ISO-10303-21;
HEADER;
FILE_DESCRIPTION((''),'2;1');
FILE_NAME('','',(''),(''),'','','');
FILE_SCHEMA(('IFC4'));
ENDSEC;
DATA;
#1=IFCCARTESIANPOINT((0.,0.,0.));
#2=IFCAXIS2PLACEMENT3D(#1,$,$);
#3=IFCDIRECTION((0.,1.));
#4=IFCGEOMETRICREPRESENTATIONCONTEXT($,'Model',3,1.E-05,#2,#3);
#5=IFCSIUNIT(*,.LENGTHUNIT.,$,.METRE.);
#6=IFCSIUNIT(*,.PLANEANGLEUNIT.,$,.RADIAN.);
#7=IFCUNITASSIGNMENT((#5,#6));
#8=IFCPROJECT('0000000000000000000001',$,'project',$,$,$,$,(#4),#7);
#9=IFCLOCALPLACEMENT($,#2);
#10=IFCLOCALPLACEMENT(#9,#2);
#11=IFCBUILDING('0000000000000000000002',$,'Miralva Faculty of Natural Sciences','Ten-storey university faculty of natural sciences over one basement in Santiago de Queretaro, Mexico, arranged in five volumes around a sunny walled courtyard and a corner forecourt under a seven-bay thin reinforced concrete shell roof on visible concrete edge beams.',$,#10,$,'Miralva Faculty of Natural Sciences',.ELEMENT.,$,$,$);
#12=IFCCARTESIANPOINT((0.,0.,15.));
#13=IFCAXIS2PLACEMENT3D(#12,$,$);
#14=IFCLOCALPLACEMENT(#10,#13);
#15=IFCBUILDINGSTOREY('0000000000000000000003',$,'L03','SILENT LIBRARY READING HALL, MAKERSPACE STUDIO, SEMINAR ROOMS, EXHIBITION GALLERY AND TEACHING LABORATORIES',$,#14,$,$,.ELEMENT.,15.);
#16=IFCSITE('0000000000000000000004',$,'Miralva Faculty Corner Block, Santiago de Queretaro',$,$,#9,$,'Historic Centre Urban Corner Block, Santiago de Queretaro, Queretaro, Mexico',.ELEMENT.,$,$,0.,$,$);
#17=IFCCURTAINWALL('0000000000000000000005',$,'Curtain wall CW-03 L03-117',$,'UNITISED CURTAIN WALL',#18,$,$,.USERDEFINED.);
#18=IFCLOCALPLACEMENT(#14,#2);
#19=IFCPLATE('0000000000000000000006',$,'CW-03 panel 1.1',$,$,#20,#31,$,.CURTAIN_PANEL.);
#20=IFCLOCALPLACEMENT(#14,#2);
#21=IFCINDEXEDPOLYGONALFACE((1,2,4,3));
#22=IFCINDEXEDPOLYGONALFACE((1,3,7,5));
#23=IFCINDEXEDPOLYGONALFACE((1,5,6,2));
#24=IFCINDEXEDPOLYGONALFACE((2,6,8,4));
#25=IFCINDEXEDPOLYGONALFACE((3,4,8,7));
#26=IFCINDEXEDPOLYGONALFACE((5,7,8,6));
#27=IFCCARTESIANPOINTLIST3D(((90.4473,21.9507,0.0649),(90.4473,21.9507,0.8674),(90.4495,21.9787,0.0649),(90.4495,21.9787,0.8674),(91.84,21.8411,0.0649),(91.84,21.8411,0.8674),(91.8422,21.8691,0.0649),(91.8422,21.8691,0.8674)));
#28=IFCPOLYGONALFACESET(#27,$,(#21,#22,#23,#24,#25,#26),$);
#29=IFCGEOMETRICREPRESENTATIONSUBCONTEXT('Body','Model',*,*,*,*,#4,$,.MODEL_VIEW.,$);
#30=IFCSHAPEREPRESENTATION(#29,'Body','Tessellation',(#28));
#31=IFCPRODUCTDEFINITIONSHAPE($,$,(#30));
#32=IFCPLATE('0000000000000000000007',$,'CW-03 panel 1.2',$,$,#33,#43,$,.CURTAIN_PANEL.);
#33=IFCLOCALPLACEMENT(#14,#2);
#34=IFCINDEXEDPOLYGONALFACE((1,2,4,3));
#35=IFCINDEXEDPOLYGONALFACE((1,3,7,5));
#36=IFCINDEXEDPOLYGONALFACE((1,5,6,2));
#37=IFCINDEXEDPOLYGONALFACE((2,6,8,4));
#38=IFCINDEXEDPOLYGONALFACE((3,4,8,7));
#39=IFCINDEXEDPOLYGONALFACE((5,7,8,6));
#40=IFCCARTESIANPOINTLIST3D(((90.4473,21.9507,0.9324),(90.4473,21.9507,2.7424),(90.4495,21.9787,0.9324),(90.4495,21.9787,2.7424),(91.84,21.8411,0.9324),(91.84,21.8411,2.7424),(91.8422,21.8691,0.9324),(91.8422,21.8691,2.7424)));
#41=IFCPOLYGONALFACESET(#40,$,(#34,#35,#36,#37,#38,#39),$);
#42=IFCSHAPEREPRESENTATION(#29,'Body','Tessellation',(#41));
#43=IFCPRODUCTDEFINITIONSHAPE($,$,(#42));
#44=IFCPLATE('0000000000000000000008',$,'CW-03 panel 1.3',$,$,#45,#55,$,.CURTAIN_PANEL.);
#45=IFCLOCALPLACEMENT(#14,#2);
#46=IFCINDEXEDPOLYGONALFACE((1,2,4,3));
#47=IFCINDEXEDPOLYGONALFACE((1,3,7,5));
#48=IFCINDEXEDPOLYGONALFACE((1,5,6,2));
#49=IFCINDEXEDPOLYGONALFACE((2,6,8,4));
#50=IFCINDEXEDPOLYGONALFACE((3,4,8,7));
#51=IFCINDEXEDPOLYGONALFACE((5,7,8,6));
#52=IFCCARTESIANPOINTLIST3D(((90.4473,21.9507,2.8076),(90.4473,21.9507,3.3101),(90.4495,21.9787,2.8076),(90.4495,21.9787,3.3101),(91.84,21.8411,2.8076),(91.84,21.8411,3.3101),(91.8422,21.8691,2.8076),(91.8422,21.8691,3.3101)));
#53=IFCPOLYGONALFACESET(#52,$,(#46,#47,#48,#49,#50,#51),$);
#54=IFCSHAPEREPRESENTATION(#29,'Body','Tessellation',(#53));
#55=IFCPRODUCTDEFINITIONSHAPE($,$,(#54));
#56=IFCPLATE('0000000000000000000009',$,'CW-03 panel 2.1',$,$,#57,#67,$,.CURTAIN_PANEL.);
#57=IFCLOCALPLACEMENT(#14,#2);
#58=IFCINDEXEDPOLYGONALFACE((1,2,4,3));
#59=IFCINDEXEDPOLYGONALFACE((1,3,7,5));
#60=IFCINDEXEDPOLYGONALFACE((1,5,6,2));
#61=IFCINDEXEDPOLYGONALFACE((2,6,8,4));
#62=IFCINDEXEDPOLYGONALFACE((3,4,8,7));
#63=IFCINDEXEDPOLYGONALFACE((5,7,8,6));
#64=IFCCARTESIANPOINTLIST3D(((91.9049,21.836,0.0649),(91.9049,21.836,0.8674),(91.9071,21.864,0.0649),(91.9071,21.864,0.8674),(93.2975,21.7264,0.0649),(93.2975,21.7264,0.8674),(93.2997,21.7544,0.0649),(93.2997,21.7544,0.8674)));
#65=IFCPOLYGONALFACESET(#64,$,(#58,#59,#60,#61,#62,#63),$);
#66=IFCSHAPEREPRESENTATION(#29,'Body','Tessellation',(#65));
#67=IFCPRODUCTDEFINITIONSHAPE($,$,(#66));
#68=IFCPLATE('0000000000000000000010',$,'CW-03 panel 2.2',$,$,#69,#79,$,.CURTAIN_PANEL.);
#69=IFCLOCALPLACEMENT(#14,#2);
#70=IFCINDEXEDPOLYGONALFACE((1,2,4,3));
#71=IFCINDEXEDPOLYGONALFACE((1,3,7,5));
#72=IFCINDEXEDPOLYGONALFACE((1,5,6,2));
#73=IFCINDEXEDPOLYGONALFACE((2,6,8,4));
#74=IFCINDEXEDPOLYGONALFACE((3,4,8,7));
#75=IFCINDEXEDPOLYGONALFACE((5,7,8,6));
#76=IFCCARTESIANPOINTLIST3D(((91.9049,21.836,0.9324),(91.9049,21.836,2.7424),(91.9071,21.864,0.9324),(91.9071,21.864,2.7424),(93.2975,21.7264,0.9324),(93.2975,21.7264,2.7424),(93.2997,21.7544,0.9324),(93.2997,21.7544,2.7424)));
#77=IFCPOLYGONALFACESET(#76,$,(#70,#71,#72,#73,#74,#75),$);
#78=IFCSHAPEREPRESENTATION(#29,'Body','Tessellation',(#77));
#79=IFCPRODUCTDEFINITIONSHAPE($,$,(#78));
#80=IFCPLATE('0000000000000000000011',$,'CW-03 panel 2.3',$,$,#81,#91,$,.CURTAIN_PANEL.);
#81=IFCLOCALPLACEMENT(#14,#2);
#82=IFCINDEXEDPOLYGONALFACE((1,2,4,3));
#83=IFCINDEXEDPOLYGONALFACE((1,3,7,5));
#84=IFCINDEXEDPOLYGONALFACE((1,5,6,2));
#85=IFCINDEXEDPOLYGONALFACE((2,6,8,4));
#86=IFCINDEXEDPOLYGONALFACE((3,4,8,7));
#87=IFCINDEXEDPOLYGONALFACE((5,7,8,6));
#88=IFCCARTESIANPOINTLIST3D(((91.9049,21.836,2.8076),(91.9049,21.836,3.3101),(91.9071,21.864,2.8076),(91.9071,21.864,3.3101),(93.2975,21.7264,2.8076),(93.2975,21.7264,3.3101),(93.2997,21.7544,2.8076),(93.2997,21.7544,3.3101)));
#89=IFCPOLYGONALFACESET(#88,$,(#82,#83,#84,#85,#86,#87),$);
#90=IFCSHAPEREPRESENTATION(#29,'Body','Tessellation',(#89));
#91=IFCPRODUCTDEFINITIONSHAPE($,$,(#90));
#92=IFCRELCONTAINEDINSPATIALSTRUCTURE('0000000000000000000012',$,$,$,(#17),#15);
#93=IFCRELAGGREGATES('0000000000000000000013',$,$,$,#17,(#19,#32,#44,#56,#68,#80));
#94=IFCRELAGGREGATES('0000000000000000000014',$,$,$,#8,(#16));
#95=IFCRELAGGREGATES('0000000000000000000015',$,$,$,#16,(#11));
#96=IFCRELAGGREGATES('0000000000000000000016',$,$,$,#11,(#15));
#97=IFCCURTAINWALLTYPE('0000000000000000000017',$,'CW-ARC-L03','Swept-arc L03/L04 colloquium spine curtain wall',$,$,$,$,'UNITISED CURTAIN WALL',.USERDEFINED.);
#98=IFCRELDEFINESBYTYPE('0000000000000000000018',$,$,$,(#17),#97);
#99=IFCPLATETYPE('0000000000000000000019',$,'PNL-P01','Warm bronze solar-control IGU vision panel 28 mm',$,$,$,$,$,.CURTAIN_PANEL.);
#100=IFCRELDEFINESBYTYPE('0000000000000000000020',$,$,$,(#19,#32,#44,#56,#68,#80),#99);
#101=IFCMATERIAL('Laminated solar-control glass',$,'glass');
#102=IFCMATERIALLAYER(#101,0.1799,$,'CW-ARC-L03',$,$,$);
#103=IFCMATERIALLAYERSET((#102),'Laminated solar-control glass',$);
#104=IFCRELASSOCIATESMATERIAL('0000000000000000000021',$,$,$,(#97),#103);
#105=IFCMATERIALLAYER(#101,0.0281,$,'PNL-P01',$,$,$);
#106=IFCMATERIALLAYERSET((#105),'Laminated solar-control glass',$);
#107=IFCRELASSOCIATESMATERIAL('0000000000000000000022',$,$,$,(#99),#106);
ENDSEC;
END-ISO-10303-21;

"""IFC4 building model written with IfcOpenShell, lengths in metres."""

from ifc_helpers import new_model, si_unit, direction, frame, origin, origin_2d, place, context, subcontext, project, spatial, rectangle, extrude, material, layer, layer_set, type_object, element, aggregate, save


model = new_model("IFC4")

# Units and contexts
model_context = context("Model", 3, precision=1e-05, world=origin(), true_north=direction((0.0, 1.0)))
body_context = subcontext(model_context, "Body", "Model", "MODEL_VIEW")
ifc_project = project(units=[si_unit("LENGTHUNIT", "METRE"), si_unit("PLANEANGLEUNIT", "RADIAN")], contexts=[model_context])

# Site, building, storey
site_placement = place(None, origin())
site = spatial("IfcSite", under=ifc_project, at=site_placement, Name="Miralva Faculty Corner Block, Santiago de Queretaro", LongName="Historic Centre Urban Corner Block, Santiago de Queretaro, Queretaro, Mexico", CompositionType="ELEMENT", RefElevation=0.0)
building_placement = place(site_placement, origin())
building = spatial("IfcBuilding", under=site, at=building_placement, Name="Miralva Faculty of Natural Sciences", Description="Ten-storey university faculty of natural sciences over one basement in Santiago de Queretaro, Mexico, arranged in five volumes around a sunny walled courtyard and a corner forecourt under a seven-bay thin reinforced concrete shell roof on visible concrete edge beams.", LongName="Miralva Faculty of Natural Sciences", CompositionType="ELEMENT")
storey_placement = place(building_placement, frame((0.0, 0.0, 15.0)))
storey = spatial("IfcBuildingStorey", under=building, at=storey_placement, Name="L03", Description="SILENT LIBRARY READING HALL, MAKERSPACE STUDIO, SEMINAR ROOMS, EXHIBITION GALLERY AND TEACHING LABORATORIES", CompositionType="ELEMENT", Elevation=15.0)

# Curtain wall
ifc_material_1 = material(Name="Laminated solar-control glass", Category="glass")
ifc_layer_1 = layer(ifc_material_1, 0.1799, Name="CW-ARC-L03")
ifc_layer_set_1 = layer_set([ifc_layer_1], Name="Laminated solar-control glass")
curtain_wall_type = type_object("IfcCurtainWallType", Name="CW-ARC-L03", Description="Swept-arc L03/L04 colloquium spine curtain wall", ElementType="UNITISED CURTAIN WALL", PredefinedType="USERDEFINED", material=ifc_layer_set_1)
curtain_wall_1_placement = place(storey_placement, origin())
curtain_wall_1 = element("IfcCurtainWall", 1, at=curtain_wall_1_placement, inside=storey, type_object=curtain_wall_type, Name="Curtain wall CW-03 L03-117", ObjectType="UNITISED CURTAIN WALL", PredefinedType="USERDEFINED")

# Plates
ifc_layer_2 = layer(ifc_material_1, 0.0281, Name="PNL-P01")
ifc_layer_set_2 = layer_set([ifc_layer_2], Name="Laminated solar-control glass")
plate_type = type_object("IfcPlateType", Name="PNL-P01", Description="Warm bronze solar-control IGU vision panel 28 mm", PredefinedType="CURTAIN_PANEL", material=ifc_layer_set_2)
plate_1_placement = place(storey_placement, frame((91.1448, 21.9099, 0.0649), z_axis=(0.0, 0.0, 1.0), x_axis=(0.996917, -0.078462, 0.0)))
plate_1 = element("IfcPlate", 2, at=plate_1_placement, type_object=plate_type, Name="CW-03 panel 1.1", PredefinedType="CURTAIN_PANEL", context=body_context, shape_type="SweptSolid", body=[
    extrude(rectangle(XDim=1.397, YDim=0.0281, at=origin_2d()), origin(), (0.0, 0.0, 1.0), 0.8025),
])
plate_2_placement = place(storey_placement, frame((91.1448, 21.9099, 0.9324), z_axis=(0.0, 0.0, 1.0), x_axis=(0.996917, -0.078462, 0.0)))
plate_2 = element("IfcPlate", 3, at=plate_2_placement, type_object=plate_type, Name="CW-03 panel 1.2", PredefinedType="CURTAIN_PANEL", context=body_context, shape_type="SweptSolid", body=[
    extrude(rectangle(XDim=1.397, YDim=0.0281, at=origin_2d()), origin(), (0.0, 0.0, 1.0), 1.8101),
])
plate_3_placement = place(storey_placement, frame((91.1448, 21.9099, 2.8076), z_axis=(0.0, 0.0, 1.0), x_axis=(0.996917, -0.078462, 0.0)))
plate_3 = element("IfcPlate", 4, at=plate_3_placement, type_object=plate_type, Name="CW-03 panel 1.3", PredefinedType="CURTAIN_PANEL", context=body_context, shape_type="SweptSolid", body=[
    extrude(rectangle(XDim=1.397, YDim=0.0281, at=origin_2d()), origin(), (0.0, 0.0, 1.0), 0.5024),
])
plate_4_placement = place(storey_placement, frame((92.6023, 21.7952, 0.0649), z_axis=(0.0, 0.0, 1.0), x_axis=(0.996917, -0.078462, 0.0)))
plate_4 = element("IfcPlate", 5, at=plate_4_placement, type_object=plate_type, Name="CW-03 panel 2.1", PredefinedType="CURTAIN_PANEL", context=body_context, shape_type="SweptSolid", body=[
    extrude(rectangle(XDim=1.397, YDim=0.0281, at=origin_2d()), origin(), (0.0, 0.0, 1.0), 0.8025),
])
plate_5_placement = place(storey_placement, frame((92.6023, 21.7952, 0.9324), z_axis=(0.0, 0.0, 1.0), x_axis=(0.996917, -0.078462, 0.0)))
plate_5 = element("IfcPlate", 6, at=plate_5_placement, type_object=plate_type, Name="CW-03 panel 2.2", PredefinedType="CURTAIN_PANEL", context=body_context, shape_type="SweptSolid", body=[
    extrude(rectangle(XDim=1.397, YDim=0.0281, at=origin_2d()), origin(), (0.0, 0.0, 1.0), 1.8101),
])
plate_6_placement = place(storey_placement, frame((92.6023, 21.7952, 2.8076), z_axis=(0.0, 0.0, 1.0), x_axis=(0.996917, -0.078462, 0.0)))
plate_6 = element("IfcPlate", 7, at=plate_6_placement, type_object=plate_type, Name="CW-03 panel 2.3", PredefinedType="CURTAIN_PANEL", context=body_context, shape_type="SweptSolid", body=[
    extrude(rectangle(XDim=1.397, YDim=0.0281, at=origin_2d()), origin(), (0.0, 0.0, 1.0), 0.5024),
])
aggregate(curtain_wall_1, [plate_1, plate_2, plate_3, plate_4, plate_5, plate_6])

save(model, "model.ifc")
